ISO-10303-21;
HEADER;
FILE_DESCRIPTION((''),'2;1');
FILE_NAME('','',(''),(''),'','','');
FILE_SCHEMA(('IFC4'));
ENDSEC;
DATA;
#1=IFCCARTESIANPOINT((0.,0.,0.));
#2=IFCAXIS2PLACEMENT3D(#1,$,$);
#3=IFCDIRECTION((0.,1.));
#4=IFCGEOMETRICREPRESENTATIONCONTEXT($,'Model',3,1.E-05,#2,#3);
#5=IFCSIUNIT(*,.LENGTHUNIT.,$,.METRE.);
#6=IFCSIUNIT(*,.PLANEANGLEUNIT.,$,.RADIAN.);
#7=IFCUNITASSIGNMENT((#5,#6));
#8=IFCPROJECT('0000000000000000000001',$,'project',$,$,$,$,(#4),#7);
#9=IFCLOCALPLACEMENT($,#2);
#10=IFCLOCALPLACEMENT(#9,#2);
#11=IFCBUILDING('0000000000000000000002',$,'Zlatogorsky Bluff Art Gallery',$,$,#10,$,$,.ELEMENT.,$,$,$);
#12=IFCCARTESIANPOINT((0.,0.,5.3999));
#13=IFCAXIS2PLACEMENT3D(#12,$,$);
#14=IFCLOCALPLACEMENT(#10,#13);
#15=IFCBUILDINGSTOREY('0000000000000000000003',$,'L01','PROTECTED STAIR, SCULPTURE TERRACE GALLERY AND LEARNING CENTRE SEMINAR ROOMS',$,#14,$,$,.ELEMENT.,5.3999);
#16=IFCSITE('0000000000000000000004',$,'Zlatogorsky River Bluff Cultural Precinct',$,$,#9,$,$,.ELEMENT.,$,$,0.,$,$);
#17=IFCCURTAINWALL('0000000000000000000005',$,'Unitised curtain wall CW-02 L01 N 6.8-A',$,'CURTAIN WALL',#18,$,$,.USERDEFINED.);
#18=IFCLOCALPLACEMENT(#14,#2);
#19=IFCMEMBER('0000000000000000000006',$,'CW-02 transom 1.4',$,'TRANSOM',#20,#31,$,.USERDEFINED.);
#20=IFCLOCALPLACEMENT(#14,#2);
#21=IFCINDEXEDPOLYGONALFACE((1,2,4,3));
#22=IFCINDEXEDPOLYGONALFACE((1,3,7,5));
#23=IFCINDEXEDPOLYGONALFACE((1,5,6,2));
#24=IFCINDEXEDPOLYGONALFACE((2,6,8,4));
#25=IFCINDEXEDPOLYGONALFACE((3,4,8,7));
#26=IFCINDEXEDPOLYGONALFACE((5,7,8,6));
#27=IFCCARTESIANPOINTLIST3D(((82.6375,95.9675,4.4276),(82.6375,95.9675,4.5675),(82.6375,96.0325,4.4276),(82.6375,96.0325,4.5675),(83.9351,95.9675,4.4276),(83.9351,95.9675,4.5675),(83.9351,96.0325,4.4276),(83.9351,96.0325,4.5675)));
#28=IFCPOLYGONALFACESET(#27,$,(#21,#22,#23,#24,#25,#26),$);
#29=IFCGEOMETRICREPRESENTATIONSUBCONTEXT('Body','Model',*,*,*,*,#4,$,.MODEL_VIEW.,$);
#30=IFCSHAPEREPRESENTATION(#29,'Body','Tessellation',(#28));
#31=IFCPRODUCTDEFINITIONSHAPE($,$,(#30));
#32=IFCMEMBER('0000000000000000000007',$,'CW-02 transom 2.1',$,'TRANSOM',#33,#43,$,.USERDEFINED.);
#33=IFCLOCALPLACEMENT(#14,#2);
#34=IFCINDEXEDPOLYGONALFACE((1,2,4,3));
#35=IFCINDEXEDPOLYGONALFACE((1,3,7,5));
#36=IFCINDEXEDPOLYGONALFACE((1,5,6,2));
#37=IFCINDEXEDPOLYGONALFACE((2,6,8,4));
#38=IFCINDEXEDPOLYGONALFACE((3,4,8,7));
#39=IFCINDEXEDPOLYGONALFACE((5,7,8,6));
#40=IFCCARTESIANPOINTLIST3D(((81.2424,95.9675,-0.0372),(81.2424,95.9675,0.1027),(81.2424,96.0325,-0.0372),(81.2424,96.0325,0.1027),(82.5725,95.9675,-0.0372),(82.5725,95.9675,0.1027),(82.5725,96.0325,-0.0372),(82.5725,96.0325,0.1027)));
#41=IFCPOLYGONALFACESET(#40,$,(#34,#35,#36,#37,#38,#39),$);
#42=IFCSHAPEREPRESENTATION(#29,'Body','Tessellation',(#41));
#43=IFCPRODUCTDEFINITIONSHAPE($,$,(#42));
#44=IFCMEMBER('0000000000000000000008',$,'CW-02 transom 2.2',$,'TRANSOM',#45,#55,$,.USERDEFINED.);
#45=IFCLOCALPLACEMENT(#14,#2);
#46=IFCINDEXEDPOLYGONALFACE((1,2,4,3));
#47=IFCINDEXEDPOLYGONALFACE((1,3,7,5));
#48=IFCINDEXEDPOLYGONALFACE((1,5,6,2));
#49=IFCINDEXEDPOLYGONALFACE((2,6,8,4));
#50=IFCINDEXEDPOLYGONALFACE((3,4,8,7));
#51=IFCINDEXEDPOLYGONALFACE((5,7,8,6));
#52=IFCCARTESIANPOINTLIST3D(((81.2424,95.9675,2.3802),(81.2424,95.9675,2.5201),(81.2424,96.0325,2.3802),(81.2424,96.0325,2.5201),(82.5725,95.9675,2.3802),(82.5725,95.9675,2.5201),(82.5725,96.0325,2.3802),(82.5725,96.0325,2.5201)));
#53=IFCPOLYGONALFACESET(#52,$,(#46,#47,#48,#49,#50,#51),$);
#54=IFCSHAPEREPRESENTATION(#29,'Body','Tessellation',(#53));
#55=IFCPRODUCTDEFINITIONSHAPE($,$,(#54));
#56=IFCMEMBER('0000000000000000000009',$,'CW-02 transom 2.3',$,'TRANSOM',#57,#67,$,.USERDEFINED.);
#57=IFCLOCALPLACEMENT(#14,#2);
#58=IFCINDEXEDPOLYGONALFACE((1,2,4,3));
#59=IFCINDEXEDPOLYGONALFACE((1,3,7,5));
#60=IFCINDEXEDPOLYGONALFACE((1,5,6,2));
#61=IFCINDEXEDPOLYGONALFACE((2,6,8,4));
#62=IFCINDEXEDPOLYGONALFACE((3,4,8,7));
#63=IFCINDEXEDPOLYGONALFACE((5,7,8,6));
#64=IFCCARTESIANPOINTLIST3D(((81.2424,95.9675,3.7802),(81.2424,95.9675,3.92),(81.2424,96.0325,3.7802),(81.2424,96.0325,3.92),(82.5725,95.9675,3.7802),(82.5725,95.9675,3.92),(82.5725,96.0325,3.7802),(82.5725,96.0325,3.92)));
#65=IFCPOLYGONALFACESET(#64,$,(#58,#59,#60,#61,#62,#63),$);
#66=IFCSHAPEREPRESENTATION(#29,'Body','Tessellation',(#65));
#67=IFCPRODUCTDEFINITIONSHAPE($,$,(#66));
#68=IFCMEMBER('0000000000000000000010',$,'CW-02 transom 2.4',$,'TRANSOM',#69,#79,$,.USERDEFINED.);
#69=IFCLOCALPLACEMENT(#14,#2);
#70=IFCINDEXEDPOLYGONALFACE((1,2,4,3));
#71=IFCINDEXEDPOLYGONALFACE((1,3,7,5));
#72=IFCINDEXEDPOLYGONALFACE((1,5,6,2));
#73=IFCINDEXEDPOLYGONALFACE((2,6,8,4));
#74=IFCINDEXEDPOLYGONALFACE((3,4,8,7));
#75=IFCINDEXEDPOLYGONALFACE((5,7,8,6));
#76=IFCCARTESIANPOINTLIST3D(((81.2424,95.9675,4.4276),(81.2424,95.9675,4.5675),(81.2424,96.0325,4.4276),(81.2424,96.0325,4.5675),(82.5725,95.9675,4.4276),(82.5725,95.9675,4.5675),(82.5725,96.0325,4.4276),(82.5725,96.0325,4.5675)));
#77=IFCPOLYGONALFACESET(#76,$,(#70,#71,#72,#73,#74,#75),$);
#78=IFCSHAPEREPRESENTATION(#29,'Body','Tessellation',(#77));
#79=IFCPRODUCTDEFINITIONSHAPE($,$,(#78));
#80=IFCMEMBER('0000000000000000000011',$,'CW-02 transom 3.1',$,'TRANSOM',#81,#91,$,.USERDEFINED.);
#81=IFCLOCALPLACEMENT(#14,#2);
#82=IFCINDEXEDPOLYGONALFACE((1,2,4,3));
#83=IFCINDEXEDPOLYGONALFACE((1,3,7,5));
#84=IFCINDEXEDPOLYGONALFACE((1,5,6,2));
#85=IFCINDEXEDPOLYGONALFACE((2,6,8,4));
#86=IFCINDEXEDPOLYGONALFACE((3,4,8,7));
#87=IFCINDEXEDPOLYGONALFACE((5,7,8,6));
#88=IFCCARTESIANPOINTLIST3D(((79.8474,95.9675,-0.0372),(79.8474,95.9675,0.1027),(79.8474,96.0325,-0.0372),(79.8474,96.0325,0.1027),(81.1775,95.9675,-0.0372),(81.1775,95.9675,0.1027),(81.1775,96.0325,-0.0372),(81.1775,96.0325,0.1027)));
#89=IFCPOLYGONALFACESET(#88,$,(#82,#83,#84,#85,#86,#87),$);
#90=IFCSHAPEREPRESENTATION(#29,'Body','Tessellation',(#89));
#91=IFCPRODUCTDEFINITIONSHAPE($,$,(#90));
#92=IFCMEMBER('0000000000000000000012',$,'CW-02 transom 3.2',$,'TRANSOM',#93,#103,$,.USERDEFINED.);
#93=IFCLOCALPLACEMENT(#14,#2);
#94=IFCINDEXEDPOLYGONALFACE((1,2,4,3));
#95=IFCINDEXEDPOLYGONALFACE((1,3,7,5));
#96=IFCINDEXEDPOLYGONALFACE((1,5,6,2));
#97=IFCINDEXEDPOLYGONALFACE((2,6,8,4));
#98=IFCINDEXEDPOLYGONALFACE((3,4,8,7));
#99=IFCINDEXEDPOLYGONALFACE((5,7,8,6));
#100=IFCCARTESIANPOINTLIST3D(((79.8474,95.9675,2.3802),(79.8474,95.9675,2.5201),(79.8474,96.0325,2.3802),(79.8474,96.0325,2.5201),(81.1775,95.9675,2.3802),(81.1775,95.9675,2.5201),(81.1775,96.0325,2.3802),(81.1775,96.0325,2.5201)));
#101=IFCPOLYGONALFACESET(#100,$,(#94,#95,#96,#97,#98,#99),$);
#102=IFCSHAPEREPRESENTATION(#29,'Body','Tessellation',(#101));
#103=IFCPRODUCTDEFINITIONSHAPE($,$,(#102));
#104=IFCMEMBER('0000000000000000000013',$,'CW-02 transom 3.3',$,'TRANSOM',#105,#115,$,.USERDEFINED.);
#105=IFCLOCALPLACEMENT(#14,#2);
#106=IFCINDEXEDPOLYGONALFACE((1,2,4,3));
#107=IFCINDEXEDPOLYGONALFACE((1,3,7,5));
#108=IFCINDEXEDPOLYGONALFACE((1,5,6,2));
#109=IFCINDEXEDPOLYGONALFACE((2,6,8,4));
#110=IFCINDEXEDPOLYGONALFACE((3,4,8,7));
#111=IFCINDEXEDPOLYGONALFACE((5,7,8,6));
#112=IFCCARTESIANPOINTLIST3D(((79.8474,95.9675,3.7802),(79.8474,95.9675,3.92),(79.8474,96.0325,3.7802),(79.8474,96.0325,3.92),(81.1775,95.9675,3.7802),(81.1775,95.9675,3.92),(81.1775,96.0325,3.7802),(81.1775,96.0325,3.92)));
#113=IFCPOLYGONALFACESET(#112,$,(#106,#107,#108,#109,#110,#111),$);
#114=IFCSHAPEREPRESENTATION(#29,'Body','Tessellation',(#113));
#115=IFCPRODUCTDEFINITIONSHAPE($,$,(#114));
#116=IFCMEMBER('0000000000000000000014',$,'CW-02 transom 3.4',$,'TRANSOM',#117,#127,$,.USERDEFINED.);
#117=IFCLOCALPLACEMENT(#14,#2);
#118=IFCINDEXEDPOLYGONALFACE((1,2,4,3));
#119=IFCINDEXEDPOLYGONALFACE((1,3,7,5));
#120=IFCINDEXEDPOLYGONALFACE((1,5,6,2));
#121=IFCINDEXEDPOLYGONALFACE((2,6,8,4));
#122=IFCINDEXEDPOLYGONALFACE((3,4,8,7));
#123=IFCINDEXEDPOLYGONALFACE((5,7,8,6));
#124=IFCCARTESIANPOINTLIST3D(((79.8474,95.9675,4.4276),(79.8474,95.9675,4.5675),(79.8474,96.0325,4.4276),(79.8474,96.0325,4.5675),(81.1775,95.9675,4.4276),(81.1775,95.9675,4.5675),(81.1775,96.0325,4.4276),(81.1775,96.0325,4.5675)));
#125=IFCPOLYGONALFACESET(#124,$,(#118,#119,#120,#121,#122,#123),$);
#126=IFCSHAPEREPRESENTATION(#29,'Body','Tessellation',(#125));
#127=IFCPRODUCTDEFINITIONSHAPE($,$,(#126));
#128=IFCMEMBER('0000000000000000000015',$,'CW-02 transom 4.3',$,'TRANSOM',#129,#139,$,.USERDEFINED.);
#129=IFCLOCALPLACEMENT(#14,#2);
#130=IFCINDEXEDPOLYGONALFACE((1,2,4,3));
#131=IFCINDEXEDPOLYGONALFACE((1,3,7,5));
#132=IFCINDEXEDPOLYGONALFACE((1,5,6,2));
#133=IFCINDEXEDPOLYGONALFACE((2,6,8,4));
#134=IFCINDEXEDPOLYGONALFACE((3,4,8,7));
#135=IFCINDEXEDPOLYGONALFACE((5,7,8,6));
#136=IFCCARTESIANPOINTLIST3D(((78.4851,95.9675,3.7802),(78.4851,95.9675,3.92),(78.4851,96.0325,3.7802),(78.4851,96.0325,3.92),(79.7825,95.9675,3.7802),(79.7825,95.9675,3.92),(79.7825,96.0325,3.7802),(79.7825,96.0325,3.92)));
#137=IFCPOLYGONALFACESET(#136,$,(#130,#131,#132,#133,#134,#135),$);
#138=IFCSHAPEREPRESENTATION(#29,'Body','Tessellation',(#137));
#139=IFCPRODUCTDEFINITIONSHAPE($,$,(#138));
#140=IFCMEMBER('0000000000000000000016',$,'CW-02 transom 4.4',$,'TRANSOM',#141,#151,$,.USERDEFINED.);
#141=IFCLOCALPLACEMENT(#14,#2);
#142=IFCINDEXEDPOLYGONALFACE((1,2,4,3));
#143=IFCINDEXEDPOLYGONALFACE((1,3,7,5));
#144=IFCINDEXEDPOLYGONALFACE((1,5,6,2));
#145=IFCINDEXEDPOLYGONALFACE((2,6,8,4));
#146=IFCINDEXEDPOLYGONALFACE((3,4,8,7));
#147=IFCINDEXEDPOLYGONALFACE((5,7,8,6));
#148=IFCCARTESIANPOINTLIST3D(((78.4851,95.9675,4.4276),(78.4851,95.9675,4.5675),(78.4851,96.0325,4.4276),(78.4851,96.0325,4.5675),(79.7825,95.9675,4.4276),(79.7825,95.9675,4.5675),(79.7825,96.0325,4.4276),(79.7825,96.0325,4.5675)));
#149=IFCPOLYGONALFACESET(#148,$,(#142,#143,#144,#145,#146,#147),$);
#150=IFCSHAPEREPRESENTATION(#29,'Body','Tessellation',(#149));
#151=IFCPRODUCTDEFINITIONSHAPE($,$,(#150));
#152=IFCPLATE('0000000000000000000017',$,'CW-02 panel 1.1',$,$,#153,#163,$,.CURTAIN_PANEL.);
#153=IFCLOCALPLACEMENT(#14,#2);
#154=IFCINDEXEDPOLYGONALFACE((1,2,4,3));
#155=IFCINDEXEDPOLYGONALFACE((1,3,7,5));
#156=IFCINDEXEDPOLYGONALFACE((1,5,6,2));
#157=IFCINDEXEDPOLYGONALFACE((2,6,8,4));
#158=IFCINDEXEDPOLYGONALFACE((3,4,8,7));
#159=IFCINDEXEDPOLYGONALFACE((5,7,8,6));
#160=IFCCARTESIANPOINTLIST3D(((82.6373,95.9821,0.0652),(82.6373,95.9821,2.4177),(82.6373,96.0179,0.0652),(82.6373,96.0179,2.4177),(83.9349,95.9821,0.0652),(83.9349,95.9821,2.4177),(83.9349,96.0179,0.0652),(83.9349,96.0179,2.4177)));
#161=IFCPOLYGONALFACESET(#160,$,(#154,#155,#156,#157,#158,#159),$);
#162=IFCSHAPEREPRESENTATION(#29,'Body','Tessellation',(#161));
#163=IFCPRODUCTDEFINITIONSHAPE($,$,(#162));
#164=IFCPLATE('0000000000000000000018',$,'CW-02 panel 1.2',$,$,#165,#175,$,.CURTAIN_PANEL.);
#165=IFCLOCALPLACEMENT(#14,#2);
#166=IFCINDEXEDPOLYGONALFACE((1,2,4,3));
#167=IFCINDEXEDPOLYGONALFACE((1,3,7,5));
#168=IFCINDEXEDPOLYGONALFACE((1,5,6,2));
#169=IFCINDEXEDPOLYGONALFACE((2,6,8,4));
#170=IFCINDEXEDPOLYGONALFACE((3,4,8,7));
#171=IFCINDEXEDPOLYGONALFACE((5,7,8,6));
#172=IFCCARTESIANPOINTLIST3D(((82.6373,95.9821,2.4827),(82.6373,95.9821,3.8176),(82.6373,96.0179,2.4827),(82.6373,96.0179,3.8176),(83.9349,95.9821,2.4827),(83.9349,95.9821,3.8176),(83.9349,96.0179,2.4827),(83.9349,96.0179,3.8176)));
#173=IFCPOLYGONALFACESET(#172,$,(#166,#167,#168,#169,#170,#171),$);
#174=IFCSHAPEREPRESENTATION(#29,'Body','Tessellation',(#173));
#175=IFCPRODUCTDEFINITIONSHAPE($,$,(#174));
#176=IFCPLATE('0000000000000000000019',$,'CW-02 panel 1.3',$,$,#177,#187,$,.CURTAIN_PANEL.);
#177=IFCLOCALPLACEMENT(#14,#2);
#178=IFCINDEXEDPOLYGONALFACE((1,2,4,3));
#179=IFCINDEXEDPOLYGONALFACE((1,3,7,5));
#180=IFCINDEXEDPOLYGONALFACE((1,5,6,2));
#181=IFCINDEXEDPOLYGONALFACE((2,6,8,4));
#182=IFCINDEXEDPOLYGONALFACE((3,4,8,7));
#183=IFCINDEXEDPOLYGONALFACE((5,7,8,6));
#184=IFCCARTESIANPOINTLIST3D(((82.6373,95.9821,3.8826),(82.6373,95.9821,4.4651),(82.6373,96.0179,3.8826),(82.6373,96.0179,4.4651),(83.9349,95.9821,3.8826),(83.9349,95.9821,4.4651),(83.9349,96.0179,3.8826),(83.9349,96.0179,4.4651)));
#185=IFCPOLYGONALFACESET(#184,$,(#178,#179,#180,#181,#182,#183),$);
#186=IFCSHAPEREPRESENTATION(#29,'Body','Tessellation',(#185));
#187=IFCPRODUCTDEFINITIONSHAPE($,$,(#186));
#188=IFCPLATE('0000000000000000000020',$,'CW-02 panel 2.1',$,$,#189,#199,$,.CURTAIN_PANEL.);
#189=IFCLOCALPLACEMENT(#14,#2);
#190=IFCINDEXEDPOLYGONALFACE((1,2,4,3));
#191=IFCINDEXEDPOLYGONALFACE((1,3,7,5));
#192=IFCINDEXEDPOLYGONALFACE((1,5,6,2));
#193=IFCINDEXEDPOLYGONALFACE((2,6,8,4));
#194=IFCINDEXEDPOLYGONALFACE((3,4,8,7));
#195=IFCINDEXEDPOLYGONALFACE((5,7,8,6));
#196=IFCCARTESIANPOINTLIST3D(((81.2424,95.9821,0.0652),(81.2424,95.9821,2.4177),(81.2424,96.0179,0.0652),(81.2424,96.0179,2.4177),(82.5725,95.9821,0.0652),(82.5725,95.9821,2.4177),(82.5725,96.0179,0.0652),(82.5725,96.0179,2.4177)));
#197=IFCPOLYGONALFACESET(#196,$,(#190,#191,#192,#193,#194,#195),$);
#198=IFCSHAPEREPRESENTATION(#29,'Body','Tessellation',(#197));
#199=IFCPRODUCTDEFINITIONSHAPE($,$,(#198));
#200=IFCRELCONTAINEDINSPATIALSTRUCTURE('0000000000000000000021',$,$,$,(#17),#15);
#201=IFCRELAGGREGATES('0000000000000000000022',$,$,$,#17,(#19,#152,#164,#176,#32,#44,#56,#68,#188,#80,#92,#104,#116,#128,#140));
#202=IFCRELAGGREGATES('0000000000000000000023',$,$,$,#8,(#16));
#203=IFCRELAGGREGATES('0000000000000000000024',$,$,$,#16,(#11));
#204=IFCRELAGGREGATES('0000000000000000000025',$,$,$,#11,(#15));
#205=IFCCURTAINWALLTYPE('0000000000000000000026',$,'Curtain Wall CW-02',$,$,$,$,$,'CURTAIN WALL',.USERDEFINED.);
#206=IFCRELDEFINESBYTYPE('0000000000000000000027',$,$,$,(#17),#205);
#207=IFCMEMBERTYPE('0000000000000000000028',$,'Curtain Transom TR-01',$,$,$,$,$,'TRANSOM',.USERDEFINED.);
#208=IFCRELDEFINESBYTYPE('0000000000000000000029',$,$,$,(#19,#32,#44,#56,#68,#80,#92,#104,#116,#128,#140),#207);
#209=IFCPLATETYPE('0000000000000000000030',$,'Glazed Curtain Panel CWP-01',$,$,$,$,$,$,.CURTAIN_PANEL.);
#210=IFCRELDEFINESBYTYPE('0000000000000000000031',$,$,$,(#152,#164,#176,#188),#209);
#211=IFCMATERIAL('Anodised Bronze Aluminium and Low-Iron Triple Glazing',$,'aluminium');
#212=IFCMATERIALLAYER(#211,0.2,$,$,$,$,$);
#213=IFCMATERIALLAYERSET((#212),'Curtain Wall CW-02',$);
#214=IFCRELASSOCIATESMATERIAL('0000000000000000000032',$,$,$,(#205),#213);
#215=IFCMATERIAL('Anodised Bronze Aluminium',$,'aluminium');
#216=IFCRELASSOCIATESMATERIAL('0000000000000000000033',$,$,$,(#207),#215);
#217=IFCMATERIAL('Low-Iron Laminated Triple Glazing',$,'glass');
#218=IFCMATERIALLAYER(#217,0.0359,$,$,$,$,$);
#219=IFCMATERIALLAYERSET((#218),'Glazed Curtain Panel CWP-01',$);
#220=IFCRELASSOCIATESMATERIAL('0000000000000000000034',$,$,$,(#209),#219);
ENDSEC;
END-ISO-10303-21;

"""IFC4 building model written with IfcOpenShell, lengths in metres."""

from ifc_helpers import new_model, si_unit, direction, frame, origin, origin_2d, place, context, subcontext, project, spatial, rectangle, extrude, material, layer, layer_set, material_profile, profile_set, type_object, element, aggregate, save


model = new_model("IFC4")

# Units and contexts
model_context = context("Model", 3, precision=1e-05, world=origin(), true_north=direction((0.0, 1.0)))
body_context = subcontext(model_context, "Body", "Model", "MODEL_VIEW")
ifc_project = project(units=[si_unit("LENGTHUNIT", "METRE"), si_unit("PLANEANGLEUNIT", "RADIAN")], contexts=[model_context])

# Site, building, storey
site_placement = place(None, origin())
site = spatial("IfcSite", under=ifc_project, at=site_placement, Name="Zlatogorsky River Bluff Cultural Precinct", CompositionType="ELEMENT", RefElevation=0.0)
building_placement = place(site_placement, origin())
building = spatial("IfcBuilding", under=site, at=building_placement, Name="Zlatogorsky Bluff Art Gallery", CompositionType="ELEMENT")
storey_placement = place(building_placement, frame((0.0, 0.0, 5.3999)))
storey = spatial("IfcBuildingStorey", under=building, at=storey_placement, Name="L01", Description="PROTECTED STAIR, SCULPTURE TERRACE GALLERY AND LEARNING CENTRE SEMINAR ROOMS", CompositionType="ELEMENT", Elevation=5.3999)

# Curtain wall, members, plates
ifc_material_1 = material(Name="Anodised Bronze Aluminium and Low-Iron Triple Glazing", Category="aluminium")
ifc_layer_1 = layer(ifc_material_1, 0.2)
ifc_layer_set_1 = layer_set([ifc_layer_1], Name="Curtain Wall CW-02")
curtain_wall_type = type_object("IfcCurtainWallType", Name="Curtain Wall CW-02", ElementType="CURTAIN WALL", PredefinedType="USERDEFINED", material=ifc_layer_set_1)
curtain_wall_placement = place(storey_placement, origin())
curtain_wall = element("IfcCurtainWall", 1, at=curtain_wall_placement, inside=storey, type_object=curtain_wall_type, Name="Unitised curtain wall CW-02 L01 N 6.8-A", ObjectType="CURTAIN WALL", PredefinedType="USERDEFINED")
ifc_material_2 = material(Name="Anodised Bronze Aluminium", Category="aluminium")
ifc_material_profile_1 = material_profile(ifc_material_2, rectangle(XDim=0.0649, YDim=0.1399, at=origin_2d()), Name="ALU TRANSOM 65x140")
ifc_profile_set_1 = profile_set([ifc_material_profile_1], Name="Anodised Bronze Aluminium")
member_type_1 = type_object("IfcMemberType", Name="Curtain Transom TR-01", ElementType="TRANSOM", PredefinedType="USERDEFINED", material=ifc_profile_set_1)
member_1_placement = place(storey_placement, frame((83.9351, 96.0, 4.4976), z_axis=(-1.0, 0.0, 0.0), x_axis=(0.0, -1.0, 0.0)))
member_1 = element("IfcMember", 2, at=member_1_placement, type_object=member_type_1, Name="CW-02 transom 1.4", ObjectType="TRANSOM", PredefinedType="USERDEFINED", context=body_context, shape_type="SweptSolid", body=[
    extrude(rectangle(XDim=0.0649, YDim=0.1399, at=origin_2d()), origin(), (0.0, 0.0, 1.0), 1.2976),
])
member_2_placement = place(storey_placement, frame((82.5725, 96.0, 0.0327), z_axis=(-1.0, 0.0, 0.0), x_axis=(0.0, -1.0, 0.0)))
member_2 = element("IfcMember", 3, at=member_2_placement, type_object=member_type_1, Name="CW-02 transom 2.1", ObjectType="TRANSOM", PredefinedType="USERDEFINED", context=body_context, shape_type="SweptSolid", body=[
    extrude(rectangle(XDim=0.0649, YDim=0.1399, at=origin_2d()), origin(), (0.0, 0.0, 1.0), 1.3301),
])
member_3_placement = place(storey_placement, frame((82.5725, 96.0, 2.4502), z_axis=(-1.0, 0.0, 0.0), x_axis=(0.0, -1.0, 0.0)))
member_3 = element("IfcMember", 4, at=member_3_placement, type_object=member_type_1, Name="CW-02 transom 2.2", ObjectType="TRANSOM", PredefinedType="USERDEFINED", context=body_context, shape_type="SweptSolid", body=[
    extrude(rectangle(XDim=0.0649, YDim=0.1399, at=origin_2d()), origin(), (0.0, 0.0, 1.0), 1.3301),
])
member_4_placement = place(storey_placement, frame((82.5725, 96.0, 3.8501), z_axis=(-1.0, 0.0, 0.0), x_axis=(0.0, -1.0, 0.0)))
member_4 = element("IfcMember", 5, at=member_4_placement, type_object=member_type_1, Name="CW-02 transom 2.3", ObjectType="TRANSOM", PredefinedType="USERDEFINED", context=body_context, shape_type="SweptSolid", body=[
    extrude(rectangle(XDim=0.0649, YDim=0.1399, at=origin_2d()), origin(), (0.0, 0.0, 1.0), 1.3301),
])
member_5_placement = place(storey_placement, frame((82.5725, 96.0, 4.4976), z_axis=(-1.0, 0.0, 0.0), x_axis=(0.0, -1.0, 0.0)))
member_5 = element("IfcMember", 6, at=member_5_placement, type_object=member_type_1, Name="CW-02 transom 2.4", ObjectType="TRANSOM", PredefinedType="USERDEFINED", context=body_context, shape_type="SweptSolid", body=[
    extrude(rectangle(XDim=0.0649, YDim=0.1399, at=origin_2d()), origin(), (0.0, 0.0, 1.0), 1.3301),
])
member_6_placement = place(storey_placement, frame((81.1775, 96.0, 0.0327), z_axis=(-1.0, 0.0, 0.0), x_axis=(0.0, -1.0, 0.0)))
member_6 = element("IfcMember", 7, at=member_6_placement, type_object=member_type_1, Name="CW-02 transom 3.1", ObjectType="TRANSOM", PredefinedType="USERDEFINED", context=body_context, shape_type="SweptSolid", body=[
    extrude(rectangle(XDim=0.0649, YDim=0.1399, at=origin_2d()), origin(), (0.0, 0.0, 1.0), 1.3301),
])
member_7_placement = place(storey_placement, frame((81.1775, 96.0, 2.4502), z_axis=(-1.0, 0.0, 0.0), x_axis=(0.0, -1.0, 0.0)))
member_7 = element("IfcMember", 8, at=member_7_placement, type_object=member_type_1, Name="CW-02 transom 3.2", ObjectType="TRANSOM", PredefinedType="USERDEFINED", context=body_context, shape_type="SweptSolid", body=[
    extrude(rectangle(XDim=0.0649, YDim=0.1399, at=origin_2d()), origin(), (0.0, 0.0, 1.0), 1.3301),
])
member_8_placement = place(storey_placement, frame((81.1775, 96.0, 3.8501), z_axis=(-1.0, 0.0, 0.0), x_axis=(0.0, -1.0, 0.0)))
member_8 = element("IfcMember", 9, at=member_8_placement, type_object=member_type_1, Name="CW-02 transom 3.3", ObjectType="TRANSOM", PredefinedType="USERDEFINED", context=body_context, shape_type="SweptSolid", body=[
    extrude(rectangle(XDim=0.0649, YDim=0.1399, at=origin_2d()), origin(), (0.0, 0.0, 1.0), 1.3301),
])
member_9_placement = place(storey_placement, frame((81.1775, 96.0, 4.4976), z_axis=(-1.0, 0.0, 0.0), x_axis=(0.0, -1.0, 0.0)))
member_9 = element("IfcMember", 10, at=member_9_placement, type_object=member_type_1, Name="CW-02 transom 3.4", ObjectType="TRANSOM", PredefinedType="USERDEFINED", context=body_context, shape_type="SweptSolid", body=[
    extrude(rectangle(XDim=0.0649, YDim=0.1399, at=origin_2d()), origin(), (0.0, 0.0, 1.0), 1.3301),
])
member_10_placement = place(storey_placement, frame((79.7825, 96.0, 3.8501), z_axis=(-1.0, 0.0, 0.0), x_axis=(0.0, -1.0, 0.0)))
member_10 = element("IfcMember", 11, at=member_10_placement, type_object=member_type_1, Name="CW-02 transom 4.3", ObjectType="TRANSOM", PredefinedType="USERDEFINED", context=body_context, shape_type="SweptSolid", body=[
    extrude(rectangle(XDim=0.0649, YDim=0.1399, at=origin_2d()), origin(), (0.0, 0.0, 1.0), 1.2974),
])
member_11_placement = place(storey_placement, frame((79.7825, 96.0, 4.4976), z_axis=(-1.0, 0.0, 0.0), x_axis=(0.0, -1.0, 0.0)))
member_11 = element("IfcMember", 12, at=member_11_placement, type_object=member_type_1, Name="CW-02 transom 4.4", ObjectType="TRANSOM", PredefinedType="USERDEFINED", context=body_context, shape_type="SweptSolid", body=[
    extrude(rectangle(XDim=0.0649, YDim=0.1399, at=origin_2d()), origin(), (0.0, 0.0, 1.0), 1.2974),
])
ifc_material_3 = material(Name="Low-Iron Laminated Triple Glazing", Category="glass")
ifc_layer_2 = layer(ifc_material_3, 0.0359)
ifc_layer_set_2 = layer_set([ifc_layer_2], Name="Glazed Curtain Panel CWP-01")
plate_type = type_object("IfcPlateType", Name="Glazed Curtain Panel CWP-01", PredefinedType="CURTAIN_PANEL", material=ifc_layer_set_2)
plate_1_placement = place(storey_placement, frame((83.2861, 96.0, 0.0652), z_axis=(0.0, 0.0, 1.0), x_axis=(-1.0, 0.0, 0.0)))
plate_1 = element("IfcPlate", 13, at=plate_1_placement, type_object=plate_type, Name="CW-02 panel 1.1", PredefinedType="CURTAIN_PANEL", context=body_context, shape_type="SweptSolid", body=[
    extrude(rectangle(XDim=1.2976, YDim=0.0359, at=origin_2d()), origin(), (0.0, 0.0, 1.0), 2.3525),
])
plate_2_placement = place(storey_placement, frame((83.2861, 96.0, 2.4827), z_axis=(0.0, 0.0, 1.0), x_axis=(-1.0, 0.0, 0.0)))
plate_2 = element("IfcPlate", 14, at=plate_2_placement, type_object=plate_type, Name="CW-02 panel 1.2", PredefinedType="CURTAIN_PANEL", context=body_context, shape_type="SweptSolid", body=[
    extrude(rectangle(XDim=1.2976, YDim=0.0359, at=origin_2d()), origin(), (0.0, 0.0, 1.0), 1.335),
])
plate_3_placement = place(storey_placement, frame((83.2861, 96.0, 3.8826), z_axis=(0.0, 0.0, 1.0), x_axis=(-1.0, 0.0, 0.0)))
plate_3 = element("IfcPlate", 15, at=plate_3_placement, type_object=plate_type, Name="CW-02 panel 1.3", PredefinedType="CURTAIN_PANEL", context=body_context, shape_type="SweptSolid", body=[
    extrude(rectangle(XDim=1.2976, YDim=0.0359, at=origin_2d()), origin(), (0.0, 0.0, 1.0), 0.5825),
])
plate_4_placement = place(storey_placement, frame((81.9075, 96.0, 0.0652), z_axis=(0.0, 0.0, 1.0), x_axis=(-1.0, 0.0, 0.0)))
plate_4 = element("IfcPlate", 16, at=plate_4_placement, type_object=plate_type, Name="CW-02 panel 2.1", PredefinedType="CURTAIN_PANEL", context=body_context, shape_type="SweptSolid", body=[
    extrude(rectangle(XDim=1.3301, YDim=0.0359, at=origin_2d()), origin(), (0.0, 0.0, 1.0), 2.3525),
])
aggregate(curtain_wall, [member_1, plate_1, plate_2, plate_3, member_2, member_3, member_4, member_5, plate_4, member_6, member_7, member_8, member_9, member_10, member_11])

save(model, "model.ifc")
